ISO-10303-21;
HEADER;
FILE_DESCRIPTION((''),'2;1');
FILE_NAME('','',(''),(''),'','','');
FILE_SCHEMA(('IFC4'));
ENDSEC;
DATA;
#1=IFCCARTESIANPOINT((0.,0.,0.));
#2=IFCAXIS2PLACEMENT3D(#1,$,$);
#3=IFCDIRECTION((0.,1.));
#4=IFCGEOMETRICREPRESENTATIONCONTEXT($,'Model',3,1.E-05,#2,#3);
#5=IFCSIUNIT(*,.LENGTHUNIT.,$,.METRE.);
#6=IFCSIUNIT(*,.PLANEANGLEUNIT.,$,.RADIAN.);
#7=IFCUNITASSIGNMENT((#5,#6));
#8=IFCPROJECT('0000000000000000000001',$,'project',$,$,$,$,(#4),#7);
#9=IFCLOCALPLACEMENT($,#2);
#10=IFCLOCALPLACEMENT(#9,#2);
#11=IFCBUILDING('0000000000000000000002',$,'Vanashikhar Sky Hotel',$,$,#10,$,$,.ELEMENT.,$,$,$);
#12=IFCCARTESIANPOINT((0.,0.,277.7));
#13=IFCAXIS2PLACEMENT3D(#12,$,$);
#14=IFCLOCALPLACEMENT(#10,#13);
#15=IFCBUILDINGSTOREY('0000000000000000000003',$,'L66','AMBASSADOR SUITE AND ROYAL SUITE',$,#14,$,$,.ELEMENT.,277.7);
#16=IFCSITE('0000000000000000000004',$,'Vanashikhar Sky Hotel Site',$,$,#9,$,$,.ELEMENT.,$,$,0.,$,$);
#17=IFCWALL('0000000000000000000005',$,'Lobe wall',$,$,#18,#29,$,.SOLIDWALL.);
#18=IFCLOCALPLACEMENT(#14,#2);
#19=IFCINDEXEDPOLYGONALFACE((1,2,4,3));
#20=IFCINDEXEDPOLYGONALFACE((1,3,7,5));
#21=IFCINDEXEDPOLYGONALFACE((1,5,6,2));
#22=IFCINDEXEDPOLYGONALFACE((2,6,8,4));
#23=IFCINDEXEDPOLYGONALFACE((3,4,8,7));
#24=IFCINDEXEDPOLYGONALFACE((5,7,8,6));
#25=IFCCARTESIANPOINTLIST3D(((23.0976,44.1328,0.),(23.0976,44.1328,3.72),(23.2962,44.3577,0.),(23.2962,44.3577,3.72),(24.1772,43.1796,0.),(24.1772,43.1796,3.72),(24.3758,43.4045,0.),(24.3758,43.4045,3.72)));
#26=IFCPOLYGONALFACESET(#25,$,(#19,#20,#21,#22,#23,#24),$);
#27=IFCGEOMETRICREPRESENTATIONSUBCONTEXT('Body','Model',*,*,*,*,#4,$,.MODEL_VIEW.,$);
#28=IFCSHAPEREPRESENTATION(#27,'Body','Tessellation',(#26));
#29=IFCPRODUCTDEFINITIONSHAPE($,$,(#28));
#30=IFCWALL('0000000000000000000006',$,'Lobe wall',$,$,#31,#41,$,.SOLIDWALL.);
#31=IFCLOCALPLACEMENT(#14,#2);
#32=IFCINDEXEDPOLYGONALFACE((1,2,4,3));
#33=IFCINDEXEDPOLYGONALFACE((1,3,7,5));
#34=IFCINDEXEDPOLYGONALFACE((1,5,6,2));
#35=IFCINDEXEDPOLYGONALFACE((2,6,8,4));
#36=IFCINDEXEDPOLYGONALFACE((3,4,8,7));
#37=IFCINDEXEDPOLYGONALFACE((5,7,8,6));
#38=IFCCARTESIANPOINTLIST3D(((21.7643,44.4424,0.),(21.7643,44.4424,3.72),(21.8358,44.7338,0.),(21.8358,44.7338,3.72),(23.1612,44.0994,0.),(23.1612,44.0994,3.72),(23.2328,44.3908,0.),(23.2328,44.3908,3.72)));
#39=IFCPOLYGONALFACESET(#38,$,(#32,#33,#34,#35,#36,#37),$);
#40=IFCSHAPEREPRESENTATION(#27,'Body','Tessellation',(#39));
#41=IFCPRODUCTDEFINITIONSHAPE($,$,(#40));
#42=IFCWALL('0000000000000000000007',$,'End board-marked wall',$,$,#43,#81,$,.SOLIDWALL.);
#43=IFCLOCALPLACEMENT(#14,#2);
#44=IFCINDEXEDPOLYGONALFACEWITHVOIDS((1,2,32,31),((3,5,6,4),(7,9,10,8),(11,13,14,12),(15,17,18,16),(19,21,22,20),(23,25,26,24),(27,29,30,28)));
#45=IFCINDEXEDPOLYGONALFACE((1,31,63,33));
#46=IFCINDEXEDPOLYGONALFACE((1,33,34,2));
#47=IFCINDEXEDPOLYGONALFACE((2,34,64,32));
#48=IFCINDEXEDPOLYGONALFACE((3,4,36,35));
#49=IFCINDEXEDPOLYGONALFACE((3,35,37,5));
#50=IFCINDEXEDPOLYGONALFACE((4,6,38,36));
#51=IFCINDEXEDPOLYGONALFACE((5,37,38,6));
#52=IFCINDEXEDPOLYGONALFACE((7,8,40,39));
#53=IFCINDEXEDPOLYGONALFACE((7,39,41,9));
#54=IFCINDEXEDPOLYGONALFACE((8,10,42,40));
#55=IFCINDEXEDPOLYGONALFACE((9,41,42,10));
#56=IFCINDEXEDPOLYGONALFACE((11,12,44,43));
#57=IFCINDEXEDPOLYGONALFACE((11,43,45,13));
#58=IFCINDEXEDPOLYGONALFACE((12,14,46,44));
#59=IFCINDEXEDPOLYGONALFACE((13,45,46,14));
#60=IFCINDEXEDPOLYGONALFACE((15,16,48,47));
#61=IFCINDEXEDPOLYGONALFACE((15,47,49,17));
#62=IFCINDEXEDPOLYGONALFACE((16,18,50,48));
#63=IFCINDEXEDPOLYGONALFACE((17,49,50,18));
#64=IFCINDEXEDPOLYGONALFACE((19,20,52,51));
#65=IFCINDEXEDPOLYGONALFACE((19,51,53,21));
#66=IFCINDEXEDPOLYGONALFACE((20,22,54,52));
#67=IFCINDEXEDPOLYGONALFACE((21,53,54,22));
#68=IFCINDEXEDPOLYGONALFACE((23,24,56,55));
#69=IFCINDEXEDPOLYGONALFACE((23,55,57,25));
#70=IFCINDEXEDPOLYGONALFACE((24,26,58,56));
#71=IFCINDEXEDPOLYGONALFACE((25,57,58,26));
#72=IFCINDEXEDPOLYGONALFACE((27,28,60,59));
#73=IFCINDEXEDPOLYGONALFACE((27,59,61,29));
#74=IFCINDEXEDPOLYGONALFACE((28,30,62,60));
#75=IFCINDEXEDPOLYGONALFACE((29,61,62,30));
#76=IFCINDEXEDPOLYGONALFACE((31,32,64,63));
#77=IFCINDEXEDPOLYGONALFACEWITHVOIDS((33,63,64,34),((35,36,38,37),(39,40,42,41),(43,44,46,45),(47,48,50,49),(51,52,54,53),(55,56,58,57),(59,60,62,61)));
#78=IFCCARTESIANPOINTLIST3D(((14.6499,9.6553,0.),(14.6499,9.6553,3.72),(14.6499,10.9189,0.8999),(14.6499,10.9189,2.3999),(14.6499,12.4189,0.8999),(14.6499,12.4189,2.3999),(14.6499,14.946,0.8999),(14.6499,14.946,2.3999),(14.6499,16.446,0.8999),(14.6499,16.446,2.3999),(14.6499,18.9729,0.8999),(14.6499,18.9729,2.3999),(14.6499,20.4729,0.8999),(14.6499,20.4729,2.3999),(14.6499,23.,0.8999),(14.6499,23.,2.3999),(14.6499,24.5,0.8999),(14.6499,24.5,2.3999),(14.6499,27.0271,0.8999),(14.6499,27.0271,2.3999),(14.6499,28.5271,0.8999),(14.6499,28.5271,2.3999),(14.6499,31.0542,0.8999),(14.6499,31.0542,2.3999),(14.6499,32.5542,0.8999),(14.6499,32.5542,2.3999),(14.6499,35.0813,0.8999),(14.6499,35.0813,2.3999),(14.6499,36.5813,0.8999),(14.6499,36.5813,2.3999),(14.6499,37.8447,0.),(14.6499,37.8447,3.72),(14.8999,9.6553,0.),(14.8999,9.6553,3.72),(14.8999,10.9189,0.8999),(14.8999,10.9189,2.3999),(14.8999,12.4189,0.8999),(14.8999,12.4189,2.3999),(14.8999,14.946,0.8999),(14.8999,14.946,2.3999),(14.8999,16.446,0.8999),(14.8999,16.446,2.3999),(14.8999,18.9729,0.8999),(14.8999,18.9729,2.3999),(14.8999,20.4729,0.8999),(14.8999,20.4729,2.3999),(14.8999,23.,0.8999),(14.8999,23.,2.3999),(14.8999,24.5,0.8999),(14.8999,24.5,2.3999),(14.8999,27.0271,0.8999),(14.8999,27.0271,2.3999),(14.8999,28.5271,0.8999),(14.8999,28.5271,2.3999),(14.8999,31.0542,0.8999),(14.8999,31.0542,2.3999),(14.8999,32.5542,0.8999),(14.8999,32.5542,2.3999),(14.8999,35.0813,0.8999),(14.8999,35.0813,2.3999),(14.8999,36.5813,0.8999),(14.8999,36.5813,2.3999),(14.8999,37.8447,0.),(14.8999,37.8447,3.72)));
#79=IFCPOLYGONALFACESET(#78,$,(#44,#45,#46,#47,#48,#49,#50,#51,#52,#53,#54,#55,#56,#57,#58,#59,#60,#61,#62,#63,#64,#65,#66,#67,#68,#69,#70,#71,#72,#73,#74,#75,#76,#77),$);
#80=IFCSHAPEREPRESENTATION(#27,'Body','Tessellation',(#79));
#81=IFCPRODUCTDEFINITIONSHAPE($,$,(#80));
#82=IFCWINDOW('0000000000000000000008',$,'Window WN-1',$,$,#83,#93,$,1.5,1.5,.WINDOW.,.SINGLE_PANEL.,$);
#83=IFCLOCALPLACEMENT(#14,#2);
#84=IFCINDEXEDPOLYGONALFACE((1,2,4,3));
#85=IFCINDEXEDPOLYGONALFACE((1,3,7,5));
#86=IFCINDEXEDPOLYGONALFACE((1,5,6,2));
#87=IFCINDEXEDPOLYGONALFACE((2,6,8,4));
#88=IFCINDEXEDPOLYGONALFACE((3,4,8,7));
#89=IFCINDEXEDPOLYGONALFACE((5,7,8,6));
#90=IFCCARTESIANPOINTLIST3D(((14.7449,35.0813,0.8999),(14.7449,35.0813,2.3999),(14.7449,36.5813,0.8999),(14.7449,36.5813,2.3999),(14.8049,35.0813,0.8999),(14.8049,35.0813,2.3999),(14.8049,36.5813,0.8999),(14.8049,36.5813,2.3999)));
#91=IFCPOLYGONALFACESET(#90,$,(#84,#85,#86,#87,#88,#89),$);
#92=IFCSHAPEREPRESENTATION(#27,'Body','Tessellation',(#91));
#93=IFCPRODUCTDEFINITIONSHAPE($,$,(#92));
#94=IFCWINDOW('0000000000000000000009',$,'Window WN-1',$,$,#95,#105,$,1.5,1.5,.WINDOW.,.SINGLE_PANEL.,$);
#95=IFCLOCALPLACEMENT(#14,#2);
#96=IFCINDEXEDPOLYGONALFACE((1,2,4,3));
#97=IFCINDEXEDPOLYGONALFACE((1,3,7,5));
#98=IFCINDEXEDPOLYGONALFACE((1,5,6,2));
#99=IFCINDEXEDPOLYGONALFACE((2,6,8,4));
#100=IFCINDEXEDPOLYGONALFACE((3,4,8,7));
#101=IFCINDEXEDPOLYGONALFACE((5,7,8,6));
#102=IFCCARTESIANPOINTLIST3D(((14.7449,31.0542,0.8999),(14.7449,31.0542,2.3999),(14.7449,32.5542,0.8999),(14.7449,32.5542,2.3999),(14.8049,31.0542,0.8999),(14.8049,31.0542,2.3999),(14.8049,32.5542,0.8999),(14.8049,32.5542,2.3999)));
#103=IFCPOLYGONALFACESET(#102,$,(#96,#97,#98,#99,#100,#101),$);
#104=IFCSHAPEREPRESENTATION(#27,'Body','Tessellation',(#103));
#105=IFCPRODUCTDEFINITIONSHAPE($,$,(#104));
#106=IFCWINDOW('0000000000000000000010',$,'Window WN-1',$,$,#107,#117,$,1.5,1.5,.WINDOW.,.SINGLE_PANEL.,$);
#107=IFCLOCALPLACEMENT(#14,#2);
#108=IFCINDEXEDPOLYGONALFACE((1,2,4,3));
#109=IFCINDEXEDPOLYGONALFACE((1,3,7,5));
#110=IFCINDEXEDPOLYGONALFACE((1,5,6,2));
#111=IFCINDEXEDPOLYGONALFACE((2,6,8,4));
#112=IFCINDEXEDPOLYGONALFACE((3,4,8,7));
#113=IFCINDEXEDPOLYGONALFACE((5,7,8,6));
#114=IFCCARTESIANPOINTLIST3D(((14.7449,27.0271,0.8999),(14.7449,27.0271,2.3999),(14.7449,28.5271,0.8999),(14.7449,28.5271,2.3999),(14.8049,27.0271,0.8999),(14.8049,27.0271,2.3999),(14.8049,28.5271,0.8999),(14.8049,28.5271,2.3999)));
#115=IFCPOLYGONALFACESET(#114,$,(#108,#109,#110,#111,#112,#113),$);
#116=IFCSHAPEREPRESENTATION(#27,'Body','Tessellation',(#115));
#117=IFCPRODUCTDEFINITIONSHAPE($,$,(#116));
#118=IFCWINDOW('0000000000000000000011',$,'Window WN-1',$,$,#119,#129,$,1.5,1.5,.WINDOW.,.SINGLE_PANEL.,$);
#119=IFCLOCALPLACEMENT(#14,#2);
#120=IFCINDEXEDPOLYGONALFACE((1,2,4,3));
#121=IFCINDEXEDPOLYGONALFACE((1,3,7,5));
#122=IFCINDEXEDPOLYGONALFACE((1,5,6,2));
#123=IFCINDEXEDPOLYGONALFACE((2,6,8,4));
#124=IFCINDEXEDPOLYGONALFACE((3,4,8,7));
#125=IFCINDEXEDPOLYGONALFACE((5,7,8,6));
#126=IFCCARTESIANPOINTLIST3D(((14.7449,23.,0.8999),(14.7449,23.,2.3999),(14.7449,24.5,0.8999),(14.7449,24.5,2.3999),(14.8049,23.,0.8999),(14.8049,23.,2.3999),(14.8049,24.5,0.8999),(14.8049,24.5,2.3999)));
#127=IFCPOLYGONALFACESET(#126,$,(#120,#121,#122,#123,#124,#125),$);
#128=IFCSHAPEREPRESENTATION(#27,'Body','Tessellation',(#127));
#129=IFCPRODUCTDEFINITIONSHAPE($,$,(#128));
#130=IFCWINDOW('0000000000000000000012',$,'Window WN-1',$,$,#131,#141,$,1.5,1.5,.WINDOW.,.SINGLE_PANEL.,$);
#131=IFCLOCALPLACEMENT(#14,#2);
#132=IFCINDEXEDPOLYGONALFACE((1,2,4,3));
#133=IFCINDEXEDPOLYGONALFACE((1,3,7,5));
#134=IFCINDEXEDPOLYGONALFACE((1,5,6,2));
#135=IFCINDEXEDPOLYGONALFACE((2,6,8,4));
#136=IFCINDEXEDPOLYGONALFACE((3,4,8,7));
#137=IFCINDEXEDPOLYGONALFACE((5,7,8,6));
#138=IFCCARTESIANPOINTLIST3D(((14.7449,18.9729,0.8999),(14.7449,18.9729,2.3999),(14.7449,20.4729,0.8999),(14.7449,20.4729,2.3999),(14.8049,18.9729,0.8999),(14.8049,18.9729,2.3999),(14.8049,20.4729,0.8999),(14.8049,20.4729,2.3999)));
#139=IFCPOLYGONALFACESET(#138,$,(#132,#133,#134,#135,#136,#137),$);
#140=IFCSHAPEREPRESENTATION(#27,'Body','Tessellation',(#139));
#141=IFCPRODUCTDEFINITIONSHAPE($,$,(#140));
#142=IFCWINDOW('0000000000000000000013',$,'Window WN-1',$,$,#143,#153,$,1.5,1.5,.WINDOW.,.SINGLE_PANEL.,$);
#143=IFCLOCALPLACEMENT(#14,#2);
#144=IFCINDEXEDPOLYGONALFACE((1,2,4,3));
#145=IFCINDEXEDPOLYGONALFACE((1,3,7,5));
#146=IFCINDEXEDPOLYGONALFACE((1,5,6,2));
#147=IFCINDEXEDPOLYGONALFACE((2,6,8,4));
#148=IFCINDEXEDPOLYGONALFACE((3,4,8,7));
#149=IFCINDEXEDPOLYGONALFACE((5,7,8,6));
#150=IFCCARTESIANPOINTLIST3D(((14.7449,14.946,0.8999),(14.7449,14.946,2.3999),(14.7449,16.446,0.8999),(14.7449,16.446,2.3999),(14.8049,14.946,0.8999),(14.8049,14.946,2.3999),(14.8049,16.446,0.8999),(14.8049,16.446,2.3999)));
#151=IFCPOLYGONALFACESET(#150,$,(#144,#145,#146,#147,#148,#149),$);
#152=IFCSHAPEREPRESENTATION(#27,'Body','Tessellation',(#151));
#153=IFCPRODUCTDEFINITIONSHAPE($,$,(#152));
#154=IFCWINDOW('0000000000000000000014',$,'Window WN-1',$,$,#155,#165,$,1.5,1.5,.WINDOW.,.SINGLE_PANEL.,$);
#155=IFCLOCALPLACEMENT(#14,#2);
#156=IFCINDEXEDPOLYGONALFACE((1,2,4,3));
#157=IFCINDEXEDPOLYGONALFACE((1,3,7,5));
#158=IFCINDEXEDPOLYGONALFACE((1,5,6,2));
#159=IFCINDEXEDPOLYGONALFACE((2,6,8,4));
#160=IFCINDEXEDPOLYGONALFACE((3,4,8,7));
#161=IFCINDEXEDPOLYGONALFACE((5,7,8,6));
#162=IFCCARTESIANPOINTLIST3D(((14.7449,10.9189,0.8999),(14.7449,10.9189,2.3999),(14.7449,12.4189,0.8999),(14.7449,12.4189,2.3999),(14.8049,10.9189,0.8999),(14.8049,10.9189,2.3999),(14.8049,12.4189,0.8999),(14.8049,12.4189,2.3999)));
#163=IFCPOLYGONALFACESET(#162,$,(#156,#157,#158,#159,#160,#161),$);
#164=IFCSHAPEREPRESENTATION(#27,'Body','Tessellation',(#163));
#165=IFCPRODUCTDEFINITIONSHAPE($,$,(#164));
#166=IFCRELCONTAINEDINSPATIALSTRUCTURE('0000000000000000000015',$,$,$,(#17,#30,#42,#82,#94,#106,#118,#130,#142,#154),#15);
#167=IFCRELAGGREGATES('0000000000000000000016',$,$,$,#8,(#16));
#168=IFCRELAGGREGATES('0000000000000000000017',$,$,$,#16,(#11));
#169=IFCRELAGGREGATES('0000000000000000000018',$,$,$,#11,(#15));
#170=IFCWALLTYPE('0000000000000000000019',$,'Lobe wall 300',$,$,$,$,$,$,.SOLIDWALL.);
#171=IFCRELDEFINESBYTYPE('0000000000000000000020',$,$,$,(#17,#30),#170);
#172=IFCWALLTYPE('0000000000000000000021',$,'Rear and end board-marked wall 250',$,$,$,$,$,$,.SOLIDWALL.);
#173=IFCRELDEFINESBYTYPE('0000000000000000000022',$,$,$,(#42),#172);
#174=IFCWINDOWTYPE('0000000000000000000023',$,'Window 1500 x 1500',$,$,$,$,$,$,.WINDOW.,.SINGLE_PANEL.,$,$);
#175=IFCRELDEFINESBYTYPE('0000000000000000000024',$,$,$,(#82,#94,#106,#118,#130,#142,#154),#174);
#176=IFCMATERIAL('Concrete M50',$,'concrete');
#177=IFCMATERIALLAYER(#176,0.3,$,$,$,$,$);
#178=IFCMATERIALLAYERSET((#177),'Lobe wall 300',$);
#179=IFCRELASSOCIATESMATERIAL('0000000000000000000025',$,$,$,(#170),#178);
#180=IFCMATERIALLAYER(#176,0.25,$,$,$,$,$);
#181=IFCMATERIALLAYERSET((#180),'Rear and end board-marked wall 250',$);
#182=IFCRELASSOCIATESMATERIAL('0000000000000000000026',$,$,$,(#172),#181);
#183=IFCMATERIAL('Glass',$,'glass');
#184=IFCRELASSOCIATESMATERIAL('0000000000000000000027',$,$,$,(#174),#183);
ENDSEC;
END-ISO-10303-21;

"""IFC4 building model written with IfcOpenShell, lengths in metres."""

from ifc_helpers import new_model, si_unit, direction, frame, frame_2d, origin, place, context, subcontext, project, spatial, rectangle, extrude, source, transform, mapped, material, layer, layer_set, type_object, element, fill, save


model = new_model("IFC4")

# Units and contexts
model_context = context("Model", 3, precision=1e-05, world=origin(), true_north=direction((0.0, 1.0)))
body_context = subcontext(model_context, "Body", "Model", "MODEL_VIEW")
ifc_project = project(units=[si_unit("LENGTHUNIT", "METRE"), si_unit("PLANEANGLEUNIT", "RADIAN")], contexts=[model_context])

# Site, building, storey
site_placement = place(None, origin())
site = spatial("IfcSite", under=ifc_project, at=site_placement, Name="Vanashikhar Sky Hotel Site", CompositionType="ELEMENT", RefElevation=0.0)
building_placement = place(site_placement, origin())
building = spatial("IfcBuilding", under=site, at=building_placement, Name="Vanashikhar Sky Hotel", CompositionType="ELEMENT")
storey_placement = place(building_placement, frame((0.0, 0.0, 277.7)))
storey = spatial("IfcBuildingStorey", under=building, at=storey_placement, Name="L66", Description="AMBASSADOR SUITE AND ROYAL SUITE", CompositionType="ELEMENT", Elevation=277.7)

# Shared definitions
ifc_material_1 = material(Name="Concrete M50", Category="concrete")

# Shared definitions
ifc_layer_1 = layer(ifc_material_1, 0.3)
ifc_layer_set_1 = layer_set([ifc_layer_1], Name="Lobe wall 300")
wall_type_1 = type_object("IfcWallType", Name="Lobe wall 300", PredefinedType="SOLIDWALL", material=ifc_layer_set_1)
ifc_material_2 = material(Name="Glass", Category="glass")

# Walls
shared_shape_1 = source(origin(), body_context, "Body", "SweptSolid", [
    extrude(rectangle(XDim=1.4402, YDim=0.3, at=frame_2d((0.7202, 0.0))), origin(), (0.0, 0.0, 1.0), 3.72),
])
wall_1_placement = place(storey_placement, frame((24.2766, 43.292, 0.0), z_axis=(0.0, 0.0, 1.0), x_axis=(-0.74965, 0.661835, 0.0)))
element("IfcWall", 1, at=wall_1_placement, inside=storey, type_object=wall_type_1, Name="Lobe wall", PredefinedType="SOLIDWALL", context=body_context, shape_type="MappedRepresentation", body=[
    mapped(shared_shape_1, transform((0.0, 0.0, 0.0), scale=1.0)),
])
shared_shape_2 = source(origin(), body_context, "Body", "SweptSolid", [
    extrude(rectangle(XDim=1.4385, YDim=0.3, at=frame_2d((0.7192, 0.0))), origin(), (0.0, 0.0, 1.0), 3.72),
])
wall_2_placement = place(storey_placement, frame((23.197, 44.2451, 0.0), z_axis=(0.0, 0.0, 1.0), x_axis=(-0.971152, 0.23846, 0.0)))
element("IfcWall", 2, at=wall_2_placement, inside=storey, type_object=wall_type_1, Name="Lobe wall", PredefinedType="SOLIDWALL", context=body_context, shape_type="MappedRepresentation", body=[
    mapped(shared_shape_2, transform((0.0, 0.0, 0.0), scale=1.0)),
])

# Wall, openings, windows
ifc_layer_2 = layer(ifc_material_1, 0.25)
ifc_layer_set_2 = layer_set([ifc_layer_2], Name="Rear and end board-marked wall 250")
wall_type_2 = type_object("IfcWallType", Name="Rear and end board-marked wall 250", PredefinedType="SOLIDWALL", material=ifc_layer_set_2)
shared_shape_3 = source(origin(), body_context, "Body", "SweptSolid", [
    extrude(rectangle(XDim=28.1895, YDim=0.25, at=frame_2d((14.0947, 0.0))), origin(), (0.0, 0.0, 1.0), 3.72),
])
wall_3_placement = place(storey_placement, frame((14.7749, 37.8447, 0.0), z_axis=(0.0, 0.0, 1.0), x_axis=(0.0, -1.0, 0.0)))
wall_3 = element("IfcWall", 3, at=wall_3_placement, inside=storey, type_object=wall_type_2, Name="End board-marked wall", PredefinedType="SOLIDWALL", context=body_context, shape_type="MappedRepresentation", body=[
    mapped(shared_shape_3, transform((0.0, 0.0, 0.0), scale=1.0)),
])
shared_shape_4 = source(origin(), body_context, "Body", "SweptSolid", [
    extrude(rectangle(XDim=1.5, YDim=1.5, at=frame_2d((0.75, 0.75))), frame((0.0, 0.135, 0.0), z_axis=(0.0, -1.0, 0.0), x_axis=(1.0, 0.0, 0.0)), (0.0, 0.0, 1.0), 0.27),
])
opening_1_placement = place(wall_3_placement, frame((1.2634, 0.0, 0.8999)))
opening_1 = element("IfcOpeningElement", 4, at=opening_1_placement, cuts=wall_3, PredefinedType="OPENING", context=body_context, shape_type="MappedRepresentation", body=[
    mapped(shared_shape_4, transform((0.0, 0.0, 0.0), scale=1.0)),
])
opening_2_placement = place(wall_3_placement, frame((5.2905, 0.0, 0.8999)))
opening_2 = element("IfcOpeningElement", 5, at=opening_2_placement, cuts=wall_3, PredefinedType="OPENING", context=body_context, shape_type="MappedRepresentation", body=[
    mapped(shared_shape_4, transform((0.0, 0.0, 0.0), scale=1.0)),
])
opening_3_placement = place(wall_3_placement, frame((9.3176, 0.0, 0.8999)))
opening_3 = element("IfcOpeningElement", 6, at=opening_3_placement, cuts=wall_3, PredefinedType="OPENING", context=body_context, shape_type="MappedRepresentation", body=[
    mapped(shared_shape_4, transform((0.0, 0.0, 0.0), scale=1.0)),
])
opening_4_placement = place(wall_3_placement, frame((13.3447, 0.0, 0.8999)))
opening_4 = element("IfcOpeningElement", 7, at=opening_4_placement, cuts=wall_3, PredefinedType="OPENING", context=body_context, shape_type="MappedRepresentation", body=[
    mapped(shared_shape_4, transform((0.0, 0.0, 0.0), scale=1.0)),
])
opening_5_placement = place(wall_3_placement, frame((17.3718, 0.0, 0.8999)))
opening_5 = element("IfcOpeningElement", 8, at=opening_5_placement, cuts=wall_3, PredefinedType="OPENING", context=body_context, shape_type="MappedRepresentation", body=[
    mapped(shared_shape_4, transform((0.0, 0.0, 0.0), scale=1.0)),
])
opening_6_placement = place(wall_3_placement, frame((21.3987, 0.0, 0.8999)))
opening_6 = element("IfcOpeningElement", 9, at=opening_6_placement, cuts=wall_3, PredefinedType="OPENING", context=body_context, shape_type="MappedRepresentation", body=[
    mapped(shared_shape_4, transform((0.0, 0.0, 0.0), scale=1.0)),
])
opening_7_placement = place(wall_3_placement, frame((25.4258, 0.0, 0.8999)))
opening_7 = element("IfcOpeningElement", 10, at=opening_7_placement, cuts=wall_3, PredefinedType="OPENING", context=body_context, shape_type="MappedRepresentation", body=[
    mapped(shared_shape_4, transform((0.0, 0.0, 0.0), scale=1.0)),
])
window_type_1 = type_object("IfcWindowType", Name="Window 1500 x 1500", PartitioningType="SINGLE_PANEL", PredefinedType="WINDOW", material=ifc_material_2)
shared_shape_5 = source(origin(), body_context, "Body", "SweptSolid", [
    extrude(rectangle(XDim=1.5, YDim=1.5, at=frame_2d((0.75, 0.75))), frame((0.0, 0.03, 0.0), z_axis=(0.0, -1.0, 0.0), x_axis=(1.0, 0.0, 0.0)), (0.0, 0.0, 1.0), 0.0601),
])
window_1_placement = place(opening_1_placement, origin())
window_1 = element("IfcWindow", 11, at=window_1_placement, inside=storey, type_object=window_type_1, Name="Window WN-1", OverallHeight=1.5, OverallWidth=1.5, PartitioningType="SINGLE_PANEL", PredefinedType="WINDOW", context=body_context, shape_type="MappedRepresentation", body=[
    mapped(shared_shape_5, transform((0.0, 0.0, 0.0), scale=1.0)),
])
fill(opening_1, window_1)
window_2_placement = place(opening_2_placement, origin())
window_2 = element("IfcWindow", 12, at=window_2_placement, inside=storey, type_object=window_type_1, Name="Window WN-1", OverallHeight=1.5, OverallWidth=1.5, PartitioningType="SINGLE_PANEL", PredefinedType="WINDOW", context=body_context, shape_type="MappedRepresentation", body=[
    mapped(shared_shape_5, transform((0.0, 0.0, 0.0), scale=1.0)),
])
fill(opening_2, window_2)
window_3_placement = place(opening_3_placement, origin())
window_3 = element("IfcWindow", 13, at=window_3_placement, inside=storey, type_object=window_type_1, Name="Window WN-1", OverallHeight=1.5, OverallWidth=1.5, PartitioningType="SINGLE_PANEL", PredefinedType="WINDOW", context=body_context, shape_type="MappedRepresentation", body=[
    mapped(shared_shape_5, transform((0.0, 0.0, 0.0), scale=1.0)),
])
fill(opening_3, window_3)
window_4_placement = place(opening_4_placement, origin())
window_4 = element("IfcWindow", 14, at=window_4_placement, inside=storey, type_object=window_type_1, Name="Window WN-1", OverallHeight=1.5, OverallWidth=1.5, PartitioningType="SINGLE_PANEL", PredefinedType="WINDOW", context=body_context, shape_type="MappedRepresentation", body=[
    mapped(shared_shape_5, transform((0.0, 0.0, 0.0), scale=1.0)),
])
fill(opening_4, window_4)
window_5_placement = place(opening_5_placement, origin())
window_5 = element("IfcWindow", 15, at=window_5_placement, inside=storey, type_object=window_type_1, Name="Window WN-1", OverallHeight=1.5, OverallWidth=1.5, PartitioningType="SINGLE_PANEL", PredefinedType="WINDOW", context=body_context, shape_type="MappedRepresentation", body=[
    mapped(shared_shape_5, transform((0.0, 0.0, 0.0), scale=1.0)),
])
fill(opening_5, window_5)
window_6_placement = place(opening_6_placement, origin())
window_6 = element("IfcWindow", 16, at=window_6_placement, inside=storey, type_object=window_type_1, Name="Window WN-1", OverallHeight=1.5, OverallWidth=1.5, PartitioningType="SINGLE_PANEL", PredefinedType="WINDOW", context=body_context, shape_type="MappedRepresentation", body=[
    mapped(shared_shape_5, transform((0.0, 0.0, 0.0), scale=1.0)),
])
fill(opening_6, window_6)
window_7_placement = place(opening_7_placement, origin())
window_7 = element("IfcWindow", 17, at=window_7_placement, inside=storey, type_object=window_type_1, Name="Window WN-1", OverallHeight=1.5, OverallWidth=1.5, PartitioningType="SINGLE_PANEL", PredefinedType="WINDOW", context=body_context, shape_type="MappedRepresentation", body=[
    mapped(shared_shape_5, transform((0.0, 0.0, 0.0), scale=1.0)),
])
fill(opening_7, window_7)

save(model, "model.ifc")
